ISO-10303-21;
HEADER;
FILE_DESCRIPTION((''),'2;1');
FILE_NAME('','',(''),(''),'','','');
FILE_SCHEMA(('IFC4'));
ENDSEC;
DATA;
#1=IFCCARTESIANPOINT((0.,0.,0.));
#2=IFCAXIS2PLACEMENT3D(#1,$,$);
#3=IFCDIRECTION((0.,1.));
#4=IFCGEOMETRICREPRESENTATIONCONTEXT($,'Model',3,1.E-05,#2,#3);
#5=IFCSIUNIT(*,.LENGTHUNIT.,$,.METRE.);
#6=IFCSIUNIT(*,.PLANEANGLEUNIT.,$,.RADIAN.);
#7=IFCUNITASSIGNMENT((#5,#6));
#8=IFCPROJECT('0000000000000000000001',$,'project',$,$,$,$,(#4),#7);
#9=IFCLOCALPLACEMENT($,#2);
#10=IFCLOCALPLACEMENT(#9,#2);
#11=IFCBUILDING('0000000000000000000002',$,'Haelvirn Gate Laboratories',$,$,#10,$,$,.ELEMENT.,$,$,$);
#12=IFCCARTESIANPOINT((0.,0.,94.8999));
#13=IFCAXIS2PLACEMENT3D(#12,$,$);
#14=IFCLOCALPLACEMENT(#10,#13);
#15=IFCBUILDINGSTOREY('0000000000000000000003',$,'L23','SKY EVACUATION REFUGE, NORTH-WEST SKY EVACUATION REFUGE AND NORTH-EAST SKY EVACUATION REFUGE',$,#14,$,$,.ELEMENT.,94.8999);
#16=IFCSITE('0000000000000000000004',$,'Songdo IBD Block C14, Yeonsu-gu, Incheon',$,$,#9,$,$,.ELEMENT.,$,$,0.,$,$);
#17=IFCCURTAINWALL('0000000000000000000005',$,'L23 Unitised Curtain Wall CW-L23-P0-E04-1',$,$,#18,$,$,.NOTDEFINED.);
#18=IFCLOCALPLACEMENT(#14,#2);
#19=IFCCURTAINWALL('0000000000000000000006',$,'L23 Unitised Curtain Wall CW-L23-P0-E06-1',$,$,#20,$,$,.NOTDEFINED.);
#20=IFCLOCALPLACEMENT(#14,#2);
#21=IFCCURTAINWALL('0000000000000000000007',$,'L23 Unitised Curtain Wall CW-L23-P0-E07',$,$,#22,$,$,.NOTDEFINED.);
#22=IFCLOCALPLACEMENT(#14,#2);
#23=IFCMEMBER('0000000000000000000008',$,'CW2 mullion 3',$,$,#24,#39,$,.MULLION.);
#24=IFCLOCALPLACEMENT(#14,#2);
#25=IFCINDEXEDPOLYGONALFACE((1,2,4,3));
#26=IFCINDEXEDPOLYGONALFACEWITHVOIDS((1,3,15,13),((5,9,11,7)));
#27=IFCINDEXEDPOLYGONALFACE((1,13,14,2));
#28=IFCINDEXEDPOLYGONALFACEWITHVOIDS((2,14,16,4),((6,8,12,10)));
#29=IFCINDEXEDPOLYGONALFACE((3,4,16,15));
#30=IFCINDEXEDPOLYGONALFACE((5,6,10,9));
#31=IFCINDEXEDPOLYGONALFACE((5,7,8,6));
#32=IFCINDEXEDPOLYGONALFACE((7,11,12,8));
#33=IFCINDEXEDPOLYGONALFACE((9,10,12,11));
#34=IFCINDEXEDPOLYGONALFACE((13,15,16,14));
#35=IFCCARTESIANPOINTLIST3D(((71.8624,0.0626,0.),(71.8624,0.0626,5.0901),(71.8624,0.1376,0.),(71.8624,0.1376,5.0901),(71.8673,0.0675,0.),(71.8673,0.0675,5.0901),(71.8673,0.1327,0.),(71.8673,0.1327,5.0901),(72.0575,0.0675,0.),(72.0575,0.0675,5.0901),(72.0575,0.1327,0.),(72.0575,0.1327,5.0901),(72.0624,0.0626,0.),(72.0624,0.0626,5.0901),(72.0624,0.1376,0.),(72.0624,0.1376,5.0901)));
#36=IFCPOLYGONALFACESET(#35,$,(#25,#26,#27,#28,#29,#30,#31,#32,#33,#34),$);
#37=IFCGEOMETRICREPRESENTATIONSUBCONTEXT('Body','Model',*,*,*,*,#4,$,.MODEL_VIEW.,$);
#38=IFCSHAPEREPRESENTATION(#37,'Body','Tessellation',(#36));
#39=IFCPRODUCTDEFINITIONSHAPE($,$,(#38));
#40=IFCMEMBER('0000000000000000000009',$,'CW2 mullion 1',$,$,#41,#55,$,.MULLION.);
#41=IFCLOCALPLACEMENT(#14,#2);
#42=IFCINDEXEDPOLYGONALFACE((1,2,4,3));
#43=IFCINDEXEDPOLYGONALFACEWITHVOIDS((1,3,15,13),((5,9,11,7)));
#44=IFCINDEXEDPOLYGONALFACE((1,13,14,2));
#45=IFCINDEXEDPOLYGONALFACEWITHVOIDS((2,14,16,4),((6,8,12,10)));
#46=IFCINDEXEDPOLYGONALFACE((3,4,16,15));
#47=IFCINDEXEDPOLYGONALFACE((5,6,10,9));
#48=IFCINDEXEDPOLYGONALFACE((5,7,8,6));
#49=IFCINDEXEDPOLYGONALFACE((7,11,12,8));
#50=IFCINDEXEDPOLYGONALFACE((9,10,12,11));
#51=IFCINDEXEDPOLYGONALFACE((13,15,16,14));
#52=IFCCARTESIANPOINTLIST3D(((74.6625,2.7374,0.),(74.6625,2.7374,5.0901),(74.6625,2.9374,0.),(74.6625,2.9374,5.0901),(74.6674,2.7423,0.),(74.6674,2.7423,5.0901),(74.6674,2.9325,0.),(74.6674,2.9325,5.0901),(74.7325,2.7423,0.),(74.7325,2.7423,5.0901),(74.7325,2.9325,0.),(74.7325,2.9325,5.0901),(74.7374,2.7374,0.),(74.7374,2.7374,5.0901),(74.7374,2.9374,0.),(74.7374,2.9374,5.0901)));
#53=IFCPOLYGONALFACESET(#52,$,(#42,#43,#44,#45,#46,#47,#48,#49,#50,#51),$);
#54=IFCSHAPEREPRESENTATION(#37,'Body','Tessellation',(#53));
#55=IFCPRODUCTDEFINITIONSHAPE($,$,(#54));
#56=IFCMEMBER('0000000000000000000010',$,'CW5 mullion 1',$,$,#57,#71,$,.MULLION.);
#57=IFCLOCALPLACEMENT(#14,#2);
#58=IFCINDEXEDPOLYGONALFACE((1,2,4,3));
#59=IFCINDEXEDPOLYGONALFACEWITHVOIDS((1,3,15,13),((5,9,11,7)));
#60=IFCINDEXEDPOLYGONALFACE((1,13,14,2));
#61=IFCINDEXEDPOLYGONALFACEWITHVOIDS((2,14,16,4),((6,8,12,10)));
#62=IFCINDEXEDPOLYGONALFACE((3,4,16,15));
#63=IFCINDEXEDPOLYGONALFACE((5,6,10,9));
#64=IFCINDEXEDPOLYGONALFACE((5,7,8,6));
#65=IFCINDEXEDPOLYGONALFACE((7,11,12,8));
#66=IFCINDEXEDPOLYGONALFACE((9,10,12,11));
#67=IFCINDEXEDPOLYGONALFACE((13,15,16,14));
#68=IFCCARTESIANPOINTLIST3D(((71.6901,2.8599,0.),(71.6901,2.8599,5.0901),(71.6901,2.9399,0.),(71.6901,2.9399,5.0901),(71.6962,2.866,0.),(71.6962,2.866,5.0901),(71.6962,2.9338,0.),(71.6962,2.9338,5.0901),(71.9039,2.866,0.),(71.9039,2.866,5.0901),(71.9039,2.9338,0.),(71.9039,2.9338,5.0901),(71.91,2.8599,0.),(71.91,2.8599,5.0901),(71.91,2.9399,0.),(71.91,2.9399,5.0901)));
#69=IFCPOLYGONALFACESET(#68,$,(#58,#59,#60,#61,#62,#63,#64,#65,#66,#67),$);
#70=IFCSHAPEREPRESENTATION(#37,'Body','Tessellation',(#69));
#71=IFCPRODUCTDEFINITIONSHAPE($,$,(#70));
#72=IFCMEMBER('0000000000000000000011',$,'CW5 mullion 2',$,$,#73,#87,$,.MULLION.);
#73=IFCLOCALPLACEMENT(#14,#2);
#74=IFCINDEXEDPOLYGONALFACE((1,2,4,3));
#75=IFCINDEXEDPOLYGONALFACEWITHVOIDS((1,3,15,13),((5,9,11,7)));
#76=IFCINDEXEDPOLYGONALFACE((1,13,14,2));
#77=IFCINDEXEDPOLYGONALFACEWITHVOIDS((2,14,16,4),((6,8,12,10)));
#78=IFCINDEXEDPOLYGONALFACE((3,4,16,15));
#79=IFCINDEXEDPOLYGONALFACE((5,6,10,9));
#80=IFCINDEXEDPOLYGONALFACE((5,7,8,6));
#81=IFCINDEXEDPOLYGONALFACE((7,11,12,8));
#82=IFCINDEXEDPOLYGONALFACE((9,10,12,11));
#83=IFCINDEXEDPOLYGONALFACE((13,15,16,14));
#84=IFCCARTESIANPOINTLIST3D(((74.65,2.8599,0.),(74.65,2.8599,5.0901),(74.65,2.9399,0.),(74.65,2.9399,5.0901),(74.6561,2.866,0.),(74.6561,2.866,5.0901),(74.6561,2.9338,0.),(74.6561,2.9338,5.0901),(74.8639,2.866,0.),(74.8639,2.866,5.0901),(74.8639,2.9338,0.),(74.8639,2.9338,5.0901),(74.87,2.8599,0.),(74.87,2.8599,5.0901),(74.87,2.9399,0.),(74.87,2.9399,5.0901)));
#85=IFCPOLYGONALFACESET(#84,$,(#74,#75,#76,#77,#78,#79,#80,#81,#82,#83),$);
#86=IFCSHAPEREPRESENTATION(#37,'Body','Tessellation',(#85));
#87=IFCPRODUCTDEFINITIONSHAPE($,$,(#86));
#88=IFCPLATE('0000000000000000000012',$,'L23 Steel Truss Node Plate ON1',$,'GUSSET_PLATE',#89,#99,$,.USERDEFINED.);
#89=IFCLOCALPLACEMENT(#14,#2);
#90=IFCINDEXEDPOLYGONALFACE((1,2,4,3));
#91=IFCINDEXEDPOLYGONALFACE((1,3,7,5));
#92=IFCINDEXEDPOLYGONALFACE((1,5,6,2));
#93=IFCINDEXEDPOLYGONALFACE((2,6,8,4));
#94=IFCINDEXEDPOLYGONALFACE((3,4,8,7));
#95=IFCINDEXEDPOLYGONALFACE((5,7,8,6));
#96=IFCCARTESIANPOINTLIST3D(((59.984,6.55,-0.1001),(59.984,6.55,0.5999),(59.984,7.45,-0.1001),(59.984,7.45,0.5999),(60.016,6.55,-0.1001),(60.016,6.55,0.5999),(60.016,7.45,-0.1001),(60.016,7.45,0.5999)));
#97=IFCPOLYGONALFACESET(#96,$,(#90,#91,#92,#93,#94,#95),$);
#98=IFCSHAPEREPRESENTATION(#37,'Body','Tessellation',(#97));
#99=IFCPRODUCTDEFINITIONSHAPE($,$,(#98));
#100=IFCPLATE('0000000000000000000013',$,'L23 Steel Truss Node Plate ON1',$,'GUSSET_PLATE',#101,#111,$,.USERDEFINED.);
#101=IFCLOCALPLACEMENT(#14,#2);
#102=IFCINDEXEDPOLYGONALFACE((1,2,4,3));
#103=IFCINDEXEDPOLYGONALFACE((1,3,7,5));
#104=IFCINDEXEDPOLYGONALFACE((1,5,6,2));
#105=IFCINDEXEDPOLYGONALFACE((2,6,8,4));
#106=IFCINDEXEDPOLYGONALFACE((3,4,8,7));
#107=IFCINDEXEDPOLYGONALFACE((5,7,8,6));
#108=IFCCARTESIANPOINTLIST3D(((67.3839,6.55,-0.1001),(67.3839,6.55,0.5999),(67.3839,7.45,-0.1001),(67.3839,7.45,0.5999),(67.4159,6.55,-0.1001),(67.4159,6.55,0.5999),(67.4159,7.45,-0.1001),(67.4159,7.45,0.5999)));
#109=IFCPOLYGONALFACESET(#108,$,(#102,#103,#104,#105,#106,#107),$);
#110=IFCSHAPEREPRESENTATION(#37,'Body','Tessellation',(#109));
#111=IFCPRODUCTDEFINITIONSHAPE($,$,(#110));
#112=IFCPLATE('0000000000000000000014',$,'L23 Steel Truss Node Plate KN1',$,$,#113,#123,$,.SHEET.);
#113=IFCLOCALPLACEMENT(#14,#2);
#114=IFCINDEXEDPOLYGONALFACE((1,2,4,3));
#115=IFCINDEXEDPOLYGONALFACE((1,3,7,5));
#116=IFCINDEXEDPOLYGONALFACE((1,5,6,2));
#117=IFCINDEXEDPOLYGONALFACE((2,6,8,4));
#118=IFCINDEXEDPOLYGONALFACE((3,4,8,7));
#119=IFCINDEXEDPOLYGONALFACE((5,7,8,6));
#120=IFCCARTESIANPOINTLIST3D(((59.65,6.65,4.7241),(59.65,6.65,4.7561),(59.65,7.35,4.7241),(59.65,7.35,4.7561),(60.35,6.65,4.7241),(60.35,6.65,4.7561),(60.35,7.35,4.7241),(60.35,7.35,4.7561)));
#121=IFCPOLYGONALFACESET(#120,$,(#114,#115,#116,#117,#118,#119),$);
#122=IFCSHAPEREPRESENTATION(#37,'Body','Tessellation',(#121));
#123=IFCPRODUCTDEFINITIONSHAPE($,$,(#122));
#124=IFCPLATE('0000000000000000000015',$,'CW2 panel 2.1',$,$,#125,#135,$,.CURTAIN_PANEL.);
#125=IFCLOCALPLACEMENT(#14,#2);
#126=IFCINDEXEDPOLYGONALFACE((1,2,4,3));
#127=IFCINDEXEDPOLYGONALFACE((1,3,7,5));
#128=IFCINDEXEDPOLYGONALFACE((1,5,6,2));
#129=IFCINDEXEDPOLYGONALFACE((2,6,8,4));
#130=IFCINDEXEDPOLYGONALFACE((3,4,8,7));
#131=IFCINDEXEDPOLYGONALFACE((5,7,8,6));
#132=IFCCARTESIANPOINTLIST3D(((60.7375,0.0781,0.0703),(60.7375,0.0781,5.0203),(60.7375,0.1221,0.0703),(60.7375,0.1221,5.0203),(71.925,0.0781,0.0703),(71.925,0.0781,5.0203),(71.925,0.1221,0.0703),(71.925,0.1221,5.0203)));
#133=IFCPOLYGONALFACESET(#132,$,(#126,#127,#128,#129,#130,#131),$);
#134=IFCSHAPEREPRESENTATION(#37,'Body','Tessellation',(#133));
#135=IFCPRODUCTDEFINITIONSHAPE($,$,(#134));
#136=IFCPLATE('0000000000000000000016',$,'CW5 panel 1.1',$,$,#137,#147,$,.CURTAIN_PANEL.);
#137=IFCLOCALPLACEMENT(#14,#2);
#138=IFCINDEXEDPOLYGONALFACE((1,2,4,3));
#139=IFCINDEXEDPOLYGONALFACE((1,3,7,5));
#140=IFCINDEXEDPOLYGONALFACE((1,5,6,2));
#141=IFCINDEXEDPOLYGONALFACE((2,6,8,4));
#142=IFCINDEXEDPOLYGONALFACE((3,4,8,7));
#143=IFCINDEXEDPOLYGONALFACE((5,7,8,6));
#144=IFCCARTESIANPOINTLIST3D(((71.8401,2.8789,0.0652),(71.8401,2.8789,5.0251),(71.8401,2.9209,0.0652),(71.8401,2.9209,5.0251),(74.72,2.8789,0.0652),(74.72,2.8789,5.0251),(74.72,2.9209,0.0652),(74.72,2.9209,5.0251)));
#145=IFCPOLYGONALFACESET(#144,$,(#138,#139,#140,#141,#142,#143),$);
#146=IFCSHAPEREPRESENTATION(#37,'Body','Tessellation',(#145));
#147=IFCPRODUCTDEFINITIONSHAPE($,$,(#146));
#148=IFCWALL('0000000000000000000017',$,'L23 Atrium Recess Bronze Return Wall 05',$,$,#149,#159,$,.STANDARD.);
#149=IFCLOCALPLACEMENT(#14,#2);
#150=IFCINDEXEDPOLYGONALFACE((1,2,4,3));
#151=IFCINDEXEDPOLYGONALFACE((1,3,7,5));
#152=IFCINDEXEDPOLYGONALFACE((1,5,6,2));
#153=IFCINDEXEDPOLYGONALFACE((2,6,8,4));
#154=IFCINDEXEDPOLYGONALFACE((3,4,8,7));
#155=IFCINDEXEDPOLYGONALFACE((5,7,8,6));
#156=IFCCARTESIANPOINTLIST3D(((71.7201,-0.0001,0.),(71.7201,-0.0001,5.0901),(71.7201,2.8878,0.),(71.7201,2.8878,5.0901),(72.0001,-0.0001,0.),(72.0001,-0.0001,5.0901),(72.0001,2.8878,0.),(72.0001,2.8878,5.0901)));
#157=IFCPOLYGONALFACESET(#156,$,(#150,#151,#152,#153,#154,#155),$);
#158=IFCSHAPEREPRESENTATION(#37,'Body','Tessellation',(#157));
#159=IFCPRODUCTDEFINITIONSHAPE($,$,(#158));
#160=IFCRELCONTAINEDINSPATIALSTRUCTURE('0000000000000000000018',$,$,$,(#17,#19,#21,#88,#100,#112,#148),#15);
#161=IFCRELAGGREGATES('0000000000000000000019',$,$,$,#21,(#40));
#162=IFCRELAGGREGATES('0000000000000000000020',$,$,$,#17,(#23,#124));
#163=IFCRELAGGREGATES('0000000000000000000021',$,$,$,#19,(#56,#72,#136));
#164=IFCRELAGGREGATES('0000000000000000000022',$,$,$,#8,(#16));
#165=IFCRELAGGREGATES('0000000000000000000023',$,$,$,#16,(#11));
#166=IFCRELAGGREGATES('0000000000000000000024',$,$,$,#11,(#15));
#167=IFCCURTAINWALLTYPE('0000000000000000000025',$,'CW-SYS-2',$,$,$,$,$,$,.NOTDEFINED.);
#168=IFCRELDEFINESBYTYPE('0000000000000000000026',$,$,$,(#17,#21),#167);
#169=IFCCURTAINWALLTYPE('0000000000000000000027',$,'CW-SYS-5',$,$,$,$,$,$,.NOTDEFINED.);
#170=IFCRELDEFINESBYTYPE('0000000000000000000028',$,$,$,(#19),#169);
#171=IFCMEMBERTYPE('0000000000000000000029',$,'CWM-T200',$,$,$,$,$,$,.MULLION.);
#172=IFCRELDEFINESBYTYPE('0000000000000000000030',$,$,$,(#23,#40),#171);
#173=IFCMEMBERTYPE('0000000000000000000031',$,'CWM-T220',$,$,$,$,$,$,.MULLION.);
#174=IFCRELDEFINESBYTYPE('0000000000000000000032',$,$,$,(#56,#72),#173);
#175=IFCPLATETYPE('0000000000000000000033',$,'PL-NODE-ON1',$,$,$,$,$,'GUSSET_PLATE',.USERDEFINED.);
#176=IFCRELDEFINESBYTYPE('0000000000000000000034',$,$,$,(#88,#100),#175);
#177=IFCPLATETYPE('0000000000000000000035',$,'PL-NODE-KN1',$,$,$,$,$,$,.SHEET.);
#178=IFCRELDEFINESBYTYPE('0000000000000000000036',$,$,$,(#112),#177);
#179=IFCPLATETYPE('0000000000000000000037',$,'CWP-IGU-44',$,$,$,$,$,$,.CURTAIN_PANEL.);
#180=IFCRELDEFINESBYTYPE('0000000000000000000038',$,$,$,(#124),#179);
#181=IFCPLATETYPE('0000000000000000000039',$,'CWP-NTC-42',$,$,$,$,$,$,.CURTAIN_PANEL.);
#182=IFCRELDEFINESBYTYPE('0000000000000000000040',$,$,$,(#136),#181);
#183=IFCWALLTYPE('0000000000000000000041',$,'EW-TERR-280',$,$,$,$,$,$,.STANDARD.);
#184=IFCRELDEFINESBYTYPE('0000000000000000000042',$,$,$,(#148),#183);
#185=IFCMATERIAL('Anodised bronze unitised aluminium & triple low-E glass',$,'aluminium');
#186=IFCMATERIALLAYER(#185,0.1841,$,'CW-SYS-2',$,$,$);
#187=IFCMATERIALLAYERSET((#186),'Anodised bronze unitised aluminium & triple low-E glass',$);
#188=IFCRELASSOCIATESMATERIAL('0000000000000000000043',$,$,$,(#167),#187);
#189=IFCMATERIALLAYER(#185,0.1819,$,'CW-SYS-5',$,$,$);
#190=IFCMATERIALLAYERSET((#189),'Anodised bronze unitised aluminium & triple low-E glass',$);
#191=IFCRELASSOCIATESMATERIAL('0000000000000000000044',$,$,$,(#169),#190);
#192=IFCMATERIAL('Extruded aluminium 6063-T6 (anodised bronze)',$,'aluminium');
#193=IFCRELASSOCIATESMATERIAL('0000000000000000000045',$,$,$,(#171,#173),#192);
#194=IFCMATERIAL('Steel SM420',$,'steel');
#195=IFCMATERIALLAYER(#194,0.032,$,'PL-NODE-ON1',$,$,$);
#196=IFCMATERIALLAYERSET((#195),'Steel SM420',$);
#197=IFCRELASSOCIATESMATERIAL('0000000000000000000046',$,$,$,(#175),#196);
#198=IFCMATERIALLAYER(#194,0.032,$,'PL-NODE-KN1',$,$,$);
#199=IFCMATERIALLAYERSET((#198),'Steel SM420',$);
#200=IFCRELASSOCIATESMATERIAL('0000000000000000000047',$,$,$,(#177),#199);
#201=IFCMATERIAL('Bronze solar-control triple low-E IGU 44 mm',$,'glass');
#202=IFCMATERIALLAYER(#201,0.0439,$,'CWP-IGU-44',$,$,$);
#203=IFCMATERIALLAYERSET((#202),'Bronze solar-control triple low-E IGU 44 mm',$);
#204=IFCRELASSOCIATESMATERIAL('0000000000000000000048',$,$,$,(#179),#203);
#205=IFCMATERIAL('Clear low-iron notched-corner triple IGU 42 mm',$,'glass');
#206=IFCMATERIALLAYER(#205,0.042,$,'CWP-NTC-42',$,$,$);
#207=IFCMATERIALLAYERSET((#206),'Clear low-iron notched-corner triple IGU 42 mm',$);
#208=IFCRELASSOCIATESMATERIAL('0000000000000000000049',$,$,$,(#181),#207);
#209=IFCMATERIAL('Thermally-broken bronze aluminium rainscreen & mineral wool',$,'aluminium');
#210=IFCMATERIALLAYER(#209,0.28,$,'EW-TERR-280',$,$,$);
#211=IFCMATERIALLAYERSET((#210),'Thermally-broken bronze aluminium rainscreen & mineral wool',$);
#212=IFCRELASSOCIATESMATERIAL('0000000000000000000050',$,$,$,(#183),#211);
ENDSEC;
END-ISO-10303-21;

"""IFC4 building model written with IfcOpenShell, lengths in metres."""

from ifc_helpers import new_model, si_unit, direction, frame, frame_2d, origin, origin_2d, place, context, subcontext, project, spatial, rectangle, hollow_rectangle, extrude, source, transform, mapped, material, layer, layer_set, material_profile, profile_set, type_object, type_shapes, element, aggregate, save


model = new_model("IFC4")

# Units and contexts
model_context = context("Model", 3, precision=1e-05, world=origin(), true_north=direction((0.0, 1.0)))
body_context = subcontext(model_context, "Body", "Model", "MODEL_VIEW")
ifc_project = project(units=[si_unit("LENGTHUNIT", "METRE"), si_unit("PLANEANGLEUNIT", "RADIAN")], contexts=[model_context])

# Site, building, storey
site_placement = place(None, origin())
site = spatial("IfcSite", under=ifc_project, at=site_placement, Name="Songdo IBD Block C14, Yeonsu-gu, Incheon", CompositionType="ELEMENT", RefElevation=0.0)
building_placement = place(site_placement, origin())
building = spatial("IfcBuilding", under=site, at=building_placement, Name="Haelvirn Gate Laboratories", CompositionType="ELEMENT")
storey_placement = place(building_placement, frame((0.0, 0.0, 94.8999)))
storey = spatial("IfcBuildingStorey", under=building, at=storey_placement, Name="L23", Description="SKY EVACUATION REFUGE, NORTH-WEST SKY EVACUATION REFUGE AND NORTH-EAST SKY EVACUATION REFUGE", CompositionType="ELEMENT", Elevation=94.8999)

# Shared definitions
ifc_material_1 = material(Name="Steel SM420", Category="steel")

# Curtain walls
ifc_material_2 = material(Name="Anodised bronze unitised aluminium & triple low-E glass", Category="aluminium")
ifc_layer_1 = layer(ifc_material_2, 0.1841, Name="CW-SYS-2")
ifc_layer_set_1 = layer_set([ifc_layer_1], Name="Anodised bronze unitised aluminium & triple low-E glass")
curtain_wall_type_1 = type_object("IfcCurtainWallType", Name="CW-SYS-2", PredefinedType="NOTDEFINED", material=ifc_layer_set_1)
curtain_wall_1_placement = place(storey_placement, origin())
curtain_wall_1 = element("IfcCurtainWall", 1, at=curtain_wall_1_placement, inside=storey, type_object=curtain_wall_type_1, Name="L23 Unitised Curtain Wall CW-L23-P0-E04-1", PredefinedType="NOTDEFINED")
ifc_material_3 = material(Name="Extruded aluminium 6063-T6 (anodised bronze)", Category="aluminium")
ifc_layer_2 = layer(ifc_material_2, 0.1819, Name="CW-SYS-5")
ifc_layer_set_2 = layer_set([ifc_layer_2], Name="Anodised bronze unitised aluminium & triple low-E glass")
curtain_wall_type_2 = type_object("IfcCurtainWallType", Name="CW-SYS-5", PredefinedType="NOTDEFINED", material=ifc_layer_set_2)
curtain_wall_2_placement = place(storey_placement, origin())
curtain_wall_2 = element("IfcCurtainWall", 2, at=curtain_wall_2_placement, inside=storey, type_object=curtain_wall_type_2, Name="L23 Unitised Curtain Wall CW-L23-P0-E06-1", PredefinedType="NOTDEFINED")
curtain_wall_3_placement = place(storey_placement, origin())
curtain_wall_3 = element("IfcCurtainWall", 3, at=curtain_wall_3_placement, inside=storey, type_object=curtain_wall_type_1, Name="L23 Unitised Curtain Wall CW-L23-P0-E07", PredefinedType="NOTDEFINED")

# Members
ifc_material_profile_1 = material_profile(ifc_material_3, hollow_rectangle(XDim=0.075, YDim=0.2, WallThickness=0.0049, at=origin_2d()), Name="CWM-200x75x5")
ifc_profile_set_1 = profile_set([ifc_material_profile_1], Name="Extruded aluminium 6063-T6 (anodised bronze)")
member_type_1 = type_object("IfcMemberType", Name="CWM-T200", PredefinedType="MULLION", material=ifc_profile_set_1)
shared_shape_1 = source(origin(), body_context, "Body", "SweptSolid", [
    extrude(hollow_rectangle(XDim=0.075, YDim=0.2, WallThickness=0.0049, at=origin_2d()), origin(), (0.0, 0.0, 1.0), 5.0901),
])
type_shapes(member_type_1, [shared_shape_1])
member_1_placement = place(storey_placement, frame((71.9624, 0.1001, 0.0), z_axis=(0.0, 0.0, 1.0), x_axis=(0.0, 1.0, 0.0)))
member_1 = element("IfcMember", 4, at=member_1_placement, type_object=member_type_1, Name="CW2 mullion 3", PredefinedType="MULLION", context=body_context, shape_type="MappedRepresentation", body=[
    mapped(shared_shape_1, transform((0.0, 0.0, 0.0), scale=1.0)),
])
member_2_placement = place(storey_placement, frame((74.7, 2.8374, 0.0), z_axis=(0.0, 0.0, 1.0), x_axis=(-1.0, 0.0, 0.0)))
member_2 = element("IfcMember", 5, at=member_2_placement, type_object=member_type_1, Name="CW2 mullion 1", PredefinedType="MULLION", context=body_context, shape_type="MappedRepresentation", body=[
    mapped(shared_shape_1, transform((0.0, 0.0, 0.0), scale=1.0)),
])
aggregate(curtain_wall_3, [member_2])
ifc_material_profile_2 = material_profile(ifc_material_3, hollow_rectangle(XDim=0.0801, YDim=0.22, WallThickness=0.0061, at=origin_2d()), Name="CWM-220x80x6")
ifc_profile_set_2 = profile_set([ifc_material_profile_2], Name="Extruded aluminium 6063-T6 (anodised bronze)")
member_type_2 = type_object("IfcMemberType", Name="CWM-T220", PredefinedType="MULLION", material=ifc_profile_set_2)
shared_shape_2 = source(origin(), body_context, "Body", "SweptSolid", [
    extrude(hollow_rectangle(XDim=0.0801, YDim=0.22, WallThickness=0.0061, at=origin_2d()), origin(), (0.0, 0.0, 1.0), 5.0901),
])
type_shapes(member_type_2, [shared_shape_2])
member_3_placement = place(storey_placement, frame((71.8, 2.8999, 0.0), z_axis=(0.0, 0.0, 1.0), x_axis=(0.0, 1.0, 0.0)))
member_3 = element("IfcMember", 6, at=member_3_placement, type_object=member_type_2, Name="CW5 mullion 1", PredefinedType="MULLION", context=body_context, shape_type="MappedRepresentation", body=[
    mapped(shared_shape_2, transform((0.0, 0.0, 0.0), scale=1.0)),
])
member_4_placement = place(storey_placement, frame((74.76, 2.8999, 0.0), z_axis=(0.0, 0.0, 1.0), x_axis=(0.0, 1.0, 0.0)))
member_4 = element("IfcMember", 7, at=member_4_placement, type_object=member_type_2, Name="CW5 mullion 2", PredefinedType="MULLION", context=body_context, shape_type="MappedRepresentation", body=[
    mapped(shared_shape_2, transform((0.0, 0.0, 0.0), scale=1.0)),
])

# Plates
ifc_layer_3 = layer(ifc_material_1, 0.032, Name="PL-NODE-ON1")
ifc_layer_set_3 = layer_set([ifc_layer_3], Name="Steel SM420")
plate_type_1 = type_object("IfcPlateType", Name="PL-NODE-ON1", ElementType="GUSSET_PLATE", PredefinedType="USERDEFINED", material=ifc_layer_set_3)
shared_shape_3 = source(origin(), body_context, "Body", "SweptSolid", [
    extrude(rectangle(XDim=0.8999, YDim=0.032, at=origin_2d()), origin(), (0.0, 0.0, 1.0), 0.7),
])
type_shapes(plate_type_1, [shared_shape_3])
for number, where, z_axis, x_axis, name in (
    (8, (60.0, 7.0, -0.1001), (0.0, 0.0, 1.0), (0.0, 1.0, 0.0), "L23 Steel Truss Node Plate ON1"),
    (9, (67.3999, 7.0, -0.1001), (0.0, 0.0, 1.0), (0.0, 1.0, 0.0), "L23 Steel Truss Node Plate ON1"),
):
    element("IfcPlate", number, at=place(storey_placement, frame(where, z_axis=z_axis, x_axis=x_axis)), inside=storey, type_object=plate_type_1, Name=name, ObjectType="GUSSET_PLATE", PredefinedType="USERDEFINED", context=body_context, shape_type="MappedRepresentation", body=[
        mapped(shared_shape_3, transform((0.0, 0.0, 0.0), scale=1.0)),
    ])
ifc_layer_4 = layer(ifc_material_1, 0.032, Name="PL-NODE-KN1")
ifc_layer_set_4 = layer_set([ifc_layer_4], Name="Steel SM420")
plate_type_2 = type_object("IfcPlateType", Name="PL-NODE-KN1", PredefinedType="SHEET", material=ifc_layer_set_4)
shared_shape_4 = source(origin(), body_context, "Body", "SweptSolid", [
    extrude(rectangle(XDim=0.7, YDim=0.7, at=origin_2d()), origin(), (0.0, 0.0, 1.0), 0.032),
])
type_shapes(plate_type_2, [shared_shape_4])
plate_1_placement = place(storey_placement, frame((60.0, 7.0, 4.7241), z_axis=(0.0, 0.0, 1.0), x_axis=(1.0, 0.0, 0.0)))
element("IfcPlate", 10, at=plate_1_placement, inside=storey, type_object=plate_type_2, Name="L23 Steel Truss Node Plate KN1", PredefinedType="SHEET", context=body_context, shape_type="MappedRepresentation", body=[
    mapped(shared_shape_4, transform((0.0, 0.0, 0.0), scale=1.0)),
])

# Plates
ifc_material_4 = material(Name="Bronze solar-control triple low-E IGU 44 mm", Category="glass")
ifc_layer_5 = layer(ifc_material_4, 0.0439, Name="CWP-IGU-44")
ifc_layer_set_5 = layer_set([ifc_layer_5], Name="Bronze solar-control triple low-E IGU 44 mm")
plate_type_3 = type_object("IfcPlateType", Name="CWP-IGU-44", PredefinedType="CURTAIN_PANEL", material=ifc_layer_set_5)
shared_shape_5 = source(origin(), body_context, "Body", "SweptSolid", [
    extrude(rectangle(XDim=11.1875, YDim=0.0439, at=origin_2d()), origin(), (0.0, 0.0, 1.0), 4.95),
])
type_shapes(plate_type_3, [shared_shape_5])
plate_2_placement = place(storey_placement, frame((66.3313, 0.1001, 0.0703), z_axis=(0.0, 0.0, 1.0), x_axis=(1.0, 0.0, 0.0)))
plate_2 = element("IfcPlate", 11, at=plate_2_placement, type_object=plate_type_3, Name="CW2 panel 2.1", PredefinedType="CURTAIN_PANEL", context=body_context, shape_type="MappedRepresentation", body=[
    mapped(shared_shape_5, transform((0.0, 0.0, 0.0), scale=1.0)),
])
aggregate(curtain_wall_1, [member_1, plate_2])
ifc_material_5 = material(Name="Clear low-iron notched-corner triple IGU 42 mm", Category="glass")
ifc_layer_6 = layer(ifc_material_5, 0.042, Name="CWP-NTC-42")
ifc_layer_set_6 = layer_set([ifc_layer_6], Name="Clear low-iron notched-corner triple IGU 42 mm")
plate_type_4 = type_object("IfcPlateType", Name="CWP-NTC-42", PredefinedType="CURTAIN_PANEL", material=ifc_layer_set_6)
shared_shape_6 = source(origin(), body_context, "Body", "SweptSolid", [
    extrude(rectangle(XDim=2.8799, YDim=0.042, at=origin_2d()), origin(), (0.0, 0.0, 1.0), 4.96),
])
type_shapes(plate_type_4, [shared_shape_6])
plate_3_placement = place(storey_placement, frame((73.28, 2.8999, 0.0652), z_axis=(0.0, 0.0, 1.0), x_axis=(1.0, 0.0, 0.0)))
plate_3 = element("IfcPlate", 12, at=plate_3_placement, type_object=plate_type_4, Name="CW5 panel 1.1", PredefinedType="CURTAIN_PANEL", context=body_context, shape_type="MappedRepresentation", body=[
    mapped(shared_shape_6, transform((0.0, 0.0, 0.0), scale=1.0)),
])
aggregate(curtain_wall_2, [member_3, member_4, plate_3])

# Wall
ifc_material_6 = material(Name="Thermally-broken bronze aluminium rainscreen & mineral wool", Category="aluminium")
ifc_layer_7 = layer(ifc_material_6, 0.28, Name="EW-TERR-280")
ifc_layer_set_7 = layer_set([ifc_layer_7], Name="Thermally-broken bronze aluminium rainscreen & mineral wool")
wall_type = type_object("IfcWallType", Name="EW-TERR-280", PredefinedType="STANDARD", material=ifc_layer_set_7)
wall_placement = place(storey_placement, frame((71.8601, 0.0, 0.0), z_axis=(0.0, 0.0, 1.0), x_axis=(0.0, 1.0, 0.0)))
element("IfcWall", 13, at=wall_placement, inside=storey, type_object=wall_type, Name="L23 Atrium Recess Bronze Return Wall 05", PredefinedType="STANDARD", context=body_context, shape_type="SweptSolid", body=[
    extrude(rectangle(XDim=2.8879, YDim=0.28, at=frame_2d((1.4438, 0.0))), origin(), (0.0, 0.0, 1.0), 5.0901),
])

save(model, "model.ifc")
